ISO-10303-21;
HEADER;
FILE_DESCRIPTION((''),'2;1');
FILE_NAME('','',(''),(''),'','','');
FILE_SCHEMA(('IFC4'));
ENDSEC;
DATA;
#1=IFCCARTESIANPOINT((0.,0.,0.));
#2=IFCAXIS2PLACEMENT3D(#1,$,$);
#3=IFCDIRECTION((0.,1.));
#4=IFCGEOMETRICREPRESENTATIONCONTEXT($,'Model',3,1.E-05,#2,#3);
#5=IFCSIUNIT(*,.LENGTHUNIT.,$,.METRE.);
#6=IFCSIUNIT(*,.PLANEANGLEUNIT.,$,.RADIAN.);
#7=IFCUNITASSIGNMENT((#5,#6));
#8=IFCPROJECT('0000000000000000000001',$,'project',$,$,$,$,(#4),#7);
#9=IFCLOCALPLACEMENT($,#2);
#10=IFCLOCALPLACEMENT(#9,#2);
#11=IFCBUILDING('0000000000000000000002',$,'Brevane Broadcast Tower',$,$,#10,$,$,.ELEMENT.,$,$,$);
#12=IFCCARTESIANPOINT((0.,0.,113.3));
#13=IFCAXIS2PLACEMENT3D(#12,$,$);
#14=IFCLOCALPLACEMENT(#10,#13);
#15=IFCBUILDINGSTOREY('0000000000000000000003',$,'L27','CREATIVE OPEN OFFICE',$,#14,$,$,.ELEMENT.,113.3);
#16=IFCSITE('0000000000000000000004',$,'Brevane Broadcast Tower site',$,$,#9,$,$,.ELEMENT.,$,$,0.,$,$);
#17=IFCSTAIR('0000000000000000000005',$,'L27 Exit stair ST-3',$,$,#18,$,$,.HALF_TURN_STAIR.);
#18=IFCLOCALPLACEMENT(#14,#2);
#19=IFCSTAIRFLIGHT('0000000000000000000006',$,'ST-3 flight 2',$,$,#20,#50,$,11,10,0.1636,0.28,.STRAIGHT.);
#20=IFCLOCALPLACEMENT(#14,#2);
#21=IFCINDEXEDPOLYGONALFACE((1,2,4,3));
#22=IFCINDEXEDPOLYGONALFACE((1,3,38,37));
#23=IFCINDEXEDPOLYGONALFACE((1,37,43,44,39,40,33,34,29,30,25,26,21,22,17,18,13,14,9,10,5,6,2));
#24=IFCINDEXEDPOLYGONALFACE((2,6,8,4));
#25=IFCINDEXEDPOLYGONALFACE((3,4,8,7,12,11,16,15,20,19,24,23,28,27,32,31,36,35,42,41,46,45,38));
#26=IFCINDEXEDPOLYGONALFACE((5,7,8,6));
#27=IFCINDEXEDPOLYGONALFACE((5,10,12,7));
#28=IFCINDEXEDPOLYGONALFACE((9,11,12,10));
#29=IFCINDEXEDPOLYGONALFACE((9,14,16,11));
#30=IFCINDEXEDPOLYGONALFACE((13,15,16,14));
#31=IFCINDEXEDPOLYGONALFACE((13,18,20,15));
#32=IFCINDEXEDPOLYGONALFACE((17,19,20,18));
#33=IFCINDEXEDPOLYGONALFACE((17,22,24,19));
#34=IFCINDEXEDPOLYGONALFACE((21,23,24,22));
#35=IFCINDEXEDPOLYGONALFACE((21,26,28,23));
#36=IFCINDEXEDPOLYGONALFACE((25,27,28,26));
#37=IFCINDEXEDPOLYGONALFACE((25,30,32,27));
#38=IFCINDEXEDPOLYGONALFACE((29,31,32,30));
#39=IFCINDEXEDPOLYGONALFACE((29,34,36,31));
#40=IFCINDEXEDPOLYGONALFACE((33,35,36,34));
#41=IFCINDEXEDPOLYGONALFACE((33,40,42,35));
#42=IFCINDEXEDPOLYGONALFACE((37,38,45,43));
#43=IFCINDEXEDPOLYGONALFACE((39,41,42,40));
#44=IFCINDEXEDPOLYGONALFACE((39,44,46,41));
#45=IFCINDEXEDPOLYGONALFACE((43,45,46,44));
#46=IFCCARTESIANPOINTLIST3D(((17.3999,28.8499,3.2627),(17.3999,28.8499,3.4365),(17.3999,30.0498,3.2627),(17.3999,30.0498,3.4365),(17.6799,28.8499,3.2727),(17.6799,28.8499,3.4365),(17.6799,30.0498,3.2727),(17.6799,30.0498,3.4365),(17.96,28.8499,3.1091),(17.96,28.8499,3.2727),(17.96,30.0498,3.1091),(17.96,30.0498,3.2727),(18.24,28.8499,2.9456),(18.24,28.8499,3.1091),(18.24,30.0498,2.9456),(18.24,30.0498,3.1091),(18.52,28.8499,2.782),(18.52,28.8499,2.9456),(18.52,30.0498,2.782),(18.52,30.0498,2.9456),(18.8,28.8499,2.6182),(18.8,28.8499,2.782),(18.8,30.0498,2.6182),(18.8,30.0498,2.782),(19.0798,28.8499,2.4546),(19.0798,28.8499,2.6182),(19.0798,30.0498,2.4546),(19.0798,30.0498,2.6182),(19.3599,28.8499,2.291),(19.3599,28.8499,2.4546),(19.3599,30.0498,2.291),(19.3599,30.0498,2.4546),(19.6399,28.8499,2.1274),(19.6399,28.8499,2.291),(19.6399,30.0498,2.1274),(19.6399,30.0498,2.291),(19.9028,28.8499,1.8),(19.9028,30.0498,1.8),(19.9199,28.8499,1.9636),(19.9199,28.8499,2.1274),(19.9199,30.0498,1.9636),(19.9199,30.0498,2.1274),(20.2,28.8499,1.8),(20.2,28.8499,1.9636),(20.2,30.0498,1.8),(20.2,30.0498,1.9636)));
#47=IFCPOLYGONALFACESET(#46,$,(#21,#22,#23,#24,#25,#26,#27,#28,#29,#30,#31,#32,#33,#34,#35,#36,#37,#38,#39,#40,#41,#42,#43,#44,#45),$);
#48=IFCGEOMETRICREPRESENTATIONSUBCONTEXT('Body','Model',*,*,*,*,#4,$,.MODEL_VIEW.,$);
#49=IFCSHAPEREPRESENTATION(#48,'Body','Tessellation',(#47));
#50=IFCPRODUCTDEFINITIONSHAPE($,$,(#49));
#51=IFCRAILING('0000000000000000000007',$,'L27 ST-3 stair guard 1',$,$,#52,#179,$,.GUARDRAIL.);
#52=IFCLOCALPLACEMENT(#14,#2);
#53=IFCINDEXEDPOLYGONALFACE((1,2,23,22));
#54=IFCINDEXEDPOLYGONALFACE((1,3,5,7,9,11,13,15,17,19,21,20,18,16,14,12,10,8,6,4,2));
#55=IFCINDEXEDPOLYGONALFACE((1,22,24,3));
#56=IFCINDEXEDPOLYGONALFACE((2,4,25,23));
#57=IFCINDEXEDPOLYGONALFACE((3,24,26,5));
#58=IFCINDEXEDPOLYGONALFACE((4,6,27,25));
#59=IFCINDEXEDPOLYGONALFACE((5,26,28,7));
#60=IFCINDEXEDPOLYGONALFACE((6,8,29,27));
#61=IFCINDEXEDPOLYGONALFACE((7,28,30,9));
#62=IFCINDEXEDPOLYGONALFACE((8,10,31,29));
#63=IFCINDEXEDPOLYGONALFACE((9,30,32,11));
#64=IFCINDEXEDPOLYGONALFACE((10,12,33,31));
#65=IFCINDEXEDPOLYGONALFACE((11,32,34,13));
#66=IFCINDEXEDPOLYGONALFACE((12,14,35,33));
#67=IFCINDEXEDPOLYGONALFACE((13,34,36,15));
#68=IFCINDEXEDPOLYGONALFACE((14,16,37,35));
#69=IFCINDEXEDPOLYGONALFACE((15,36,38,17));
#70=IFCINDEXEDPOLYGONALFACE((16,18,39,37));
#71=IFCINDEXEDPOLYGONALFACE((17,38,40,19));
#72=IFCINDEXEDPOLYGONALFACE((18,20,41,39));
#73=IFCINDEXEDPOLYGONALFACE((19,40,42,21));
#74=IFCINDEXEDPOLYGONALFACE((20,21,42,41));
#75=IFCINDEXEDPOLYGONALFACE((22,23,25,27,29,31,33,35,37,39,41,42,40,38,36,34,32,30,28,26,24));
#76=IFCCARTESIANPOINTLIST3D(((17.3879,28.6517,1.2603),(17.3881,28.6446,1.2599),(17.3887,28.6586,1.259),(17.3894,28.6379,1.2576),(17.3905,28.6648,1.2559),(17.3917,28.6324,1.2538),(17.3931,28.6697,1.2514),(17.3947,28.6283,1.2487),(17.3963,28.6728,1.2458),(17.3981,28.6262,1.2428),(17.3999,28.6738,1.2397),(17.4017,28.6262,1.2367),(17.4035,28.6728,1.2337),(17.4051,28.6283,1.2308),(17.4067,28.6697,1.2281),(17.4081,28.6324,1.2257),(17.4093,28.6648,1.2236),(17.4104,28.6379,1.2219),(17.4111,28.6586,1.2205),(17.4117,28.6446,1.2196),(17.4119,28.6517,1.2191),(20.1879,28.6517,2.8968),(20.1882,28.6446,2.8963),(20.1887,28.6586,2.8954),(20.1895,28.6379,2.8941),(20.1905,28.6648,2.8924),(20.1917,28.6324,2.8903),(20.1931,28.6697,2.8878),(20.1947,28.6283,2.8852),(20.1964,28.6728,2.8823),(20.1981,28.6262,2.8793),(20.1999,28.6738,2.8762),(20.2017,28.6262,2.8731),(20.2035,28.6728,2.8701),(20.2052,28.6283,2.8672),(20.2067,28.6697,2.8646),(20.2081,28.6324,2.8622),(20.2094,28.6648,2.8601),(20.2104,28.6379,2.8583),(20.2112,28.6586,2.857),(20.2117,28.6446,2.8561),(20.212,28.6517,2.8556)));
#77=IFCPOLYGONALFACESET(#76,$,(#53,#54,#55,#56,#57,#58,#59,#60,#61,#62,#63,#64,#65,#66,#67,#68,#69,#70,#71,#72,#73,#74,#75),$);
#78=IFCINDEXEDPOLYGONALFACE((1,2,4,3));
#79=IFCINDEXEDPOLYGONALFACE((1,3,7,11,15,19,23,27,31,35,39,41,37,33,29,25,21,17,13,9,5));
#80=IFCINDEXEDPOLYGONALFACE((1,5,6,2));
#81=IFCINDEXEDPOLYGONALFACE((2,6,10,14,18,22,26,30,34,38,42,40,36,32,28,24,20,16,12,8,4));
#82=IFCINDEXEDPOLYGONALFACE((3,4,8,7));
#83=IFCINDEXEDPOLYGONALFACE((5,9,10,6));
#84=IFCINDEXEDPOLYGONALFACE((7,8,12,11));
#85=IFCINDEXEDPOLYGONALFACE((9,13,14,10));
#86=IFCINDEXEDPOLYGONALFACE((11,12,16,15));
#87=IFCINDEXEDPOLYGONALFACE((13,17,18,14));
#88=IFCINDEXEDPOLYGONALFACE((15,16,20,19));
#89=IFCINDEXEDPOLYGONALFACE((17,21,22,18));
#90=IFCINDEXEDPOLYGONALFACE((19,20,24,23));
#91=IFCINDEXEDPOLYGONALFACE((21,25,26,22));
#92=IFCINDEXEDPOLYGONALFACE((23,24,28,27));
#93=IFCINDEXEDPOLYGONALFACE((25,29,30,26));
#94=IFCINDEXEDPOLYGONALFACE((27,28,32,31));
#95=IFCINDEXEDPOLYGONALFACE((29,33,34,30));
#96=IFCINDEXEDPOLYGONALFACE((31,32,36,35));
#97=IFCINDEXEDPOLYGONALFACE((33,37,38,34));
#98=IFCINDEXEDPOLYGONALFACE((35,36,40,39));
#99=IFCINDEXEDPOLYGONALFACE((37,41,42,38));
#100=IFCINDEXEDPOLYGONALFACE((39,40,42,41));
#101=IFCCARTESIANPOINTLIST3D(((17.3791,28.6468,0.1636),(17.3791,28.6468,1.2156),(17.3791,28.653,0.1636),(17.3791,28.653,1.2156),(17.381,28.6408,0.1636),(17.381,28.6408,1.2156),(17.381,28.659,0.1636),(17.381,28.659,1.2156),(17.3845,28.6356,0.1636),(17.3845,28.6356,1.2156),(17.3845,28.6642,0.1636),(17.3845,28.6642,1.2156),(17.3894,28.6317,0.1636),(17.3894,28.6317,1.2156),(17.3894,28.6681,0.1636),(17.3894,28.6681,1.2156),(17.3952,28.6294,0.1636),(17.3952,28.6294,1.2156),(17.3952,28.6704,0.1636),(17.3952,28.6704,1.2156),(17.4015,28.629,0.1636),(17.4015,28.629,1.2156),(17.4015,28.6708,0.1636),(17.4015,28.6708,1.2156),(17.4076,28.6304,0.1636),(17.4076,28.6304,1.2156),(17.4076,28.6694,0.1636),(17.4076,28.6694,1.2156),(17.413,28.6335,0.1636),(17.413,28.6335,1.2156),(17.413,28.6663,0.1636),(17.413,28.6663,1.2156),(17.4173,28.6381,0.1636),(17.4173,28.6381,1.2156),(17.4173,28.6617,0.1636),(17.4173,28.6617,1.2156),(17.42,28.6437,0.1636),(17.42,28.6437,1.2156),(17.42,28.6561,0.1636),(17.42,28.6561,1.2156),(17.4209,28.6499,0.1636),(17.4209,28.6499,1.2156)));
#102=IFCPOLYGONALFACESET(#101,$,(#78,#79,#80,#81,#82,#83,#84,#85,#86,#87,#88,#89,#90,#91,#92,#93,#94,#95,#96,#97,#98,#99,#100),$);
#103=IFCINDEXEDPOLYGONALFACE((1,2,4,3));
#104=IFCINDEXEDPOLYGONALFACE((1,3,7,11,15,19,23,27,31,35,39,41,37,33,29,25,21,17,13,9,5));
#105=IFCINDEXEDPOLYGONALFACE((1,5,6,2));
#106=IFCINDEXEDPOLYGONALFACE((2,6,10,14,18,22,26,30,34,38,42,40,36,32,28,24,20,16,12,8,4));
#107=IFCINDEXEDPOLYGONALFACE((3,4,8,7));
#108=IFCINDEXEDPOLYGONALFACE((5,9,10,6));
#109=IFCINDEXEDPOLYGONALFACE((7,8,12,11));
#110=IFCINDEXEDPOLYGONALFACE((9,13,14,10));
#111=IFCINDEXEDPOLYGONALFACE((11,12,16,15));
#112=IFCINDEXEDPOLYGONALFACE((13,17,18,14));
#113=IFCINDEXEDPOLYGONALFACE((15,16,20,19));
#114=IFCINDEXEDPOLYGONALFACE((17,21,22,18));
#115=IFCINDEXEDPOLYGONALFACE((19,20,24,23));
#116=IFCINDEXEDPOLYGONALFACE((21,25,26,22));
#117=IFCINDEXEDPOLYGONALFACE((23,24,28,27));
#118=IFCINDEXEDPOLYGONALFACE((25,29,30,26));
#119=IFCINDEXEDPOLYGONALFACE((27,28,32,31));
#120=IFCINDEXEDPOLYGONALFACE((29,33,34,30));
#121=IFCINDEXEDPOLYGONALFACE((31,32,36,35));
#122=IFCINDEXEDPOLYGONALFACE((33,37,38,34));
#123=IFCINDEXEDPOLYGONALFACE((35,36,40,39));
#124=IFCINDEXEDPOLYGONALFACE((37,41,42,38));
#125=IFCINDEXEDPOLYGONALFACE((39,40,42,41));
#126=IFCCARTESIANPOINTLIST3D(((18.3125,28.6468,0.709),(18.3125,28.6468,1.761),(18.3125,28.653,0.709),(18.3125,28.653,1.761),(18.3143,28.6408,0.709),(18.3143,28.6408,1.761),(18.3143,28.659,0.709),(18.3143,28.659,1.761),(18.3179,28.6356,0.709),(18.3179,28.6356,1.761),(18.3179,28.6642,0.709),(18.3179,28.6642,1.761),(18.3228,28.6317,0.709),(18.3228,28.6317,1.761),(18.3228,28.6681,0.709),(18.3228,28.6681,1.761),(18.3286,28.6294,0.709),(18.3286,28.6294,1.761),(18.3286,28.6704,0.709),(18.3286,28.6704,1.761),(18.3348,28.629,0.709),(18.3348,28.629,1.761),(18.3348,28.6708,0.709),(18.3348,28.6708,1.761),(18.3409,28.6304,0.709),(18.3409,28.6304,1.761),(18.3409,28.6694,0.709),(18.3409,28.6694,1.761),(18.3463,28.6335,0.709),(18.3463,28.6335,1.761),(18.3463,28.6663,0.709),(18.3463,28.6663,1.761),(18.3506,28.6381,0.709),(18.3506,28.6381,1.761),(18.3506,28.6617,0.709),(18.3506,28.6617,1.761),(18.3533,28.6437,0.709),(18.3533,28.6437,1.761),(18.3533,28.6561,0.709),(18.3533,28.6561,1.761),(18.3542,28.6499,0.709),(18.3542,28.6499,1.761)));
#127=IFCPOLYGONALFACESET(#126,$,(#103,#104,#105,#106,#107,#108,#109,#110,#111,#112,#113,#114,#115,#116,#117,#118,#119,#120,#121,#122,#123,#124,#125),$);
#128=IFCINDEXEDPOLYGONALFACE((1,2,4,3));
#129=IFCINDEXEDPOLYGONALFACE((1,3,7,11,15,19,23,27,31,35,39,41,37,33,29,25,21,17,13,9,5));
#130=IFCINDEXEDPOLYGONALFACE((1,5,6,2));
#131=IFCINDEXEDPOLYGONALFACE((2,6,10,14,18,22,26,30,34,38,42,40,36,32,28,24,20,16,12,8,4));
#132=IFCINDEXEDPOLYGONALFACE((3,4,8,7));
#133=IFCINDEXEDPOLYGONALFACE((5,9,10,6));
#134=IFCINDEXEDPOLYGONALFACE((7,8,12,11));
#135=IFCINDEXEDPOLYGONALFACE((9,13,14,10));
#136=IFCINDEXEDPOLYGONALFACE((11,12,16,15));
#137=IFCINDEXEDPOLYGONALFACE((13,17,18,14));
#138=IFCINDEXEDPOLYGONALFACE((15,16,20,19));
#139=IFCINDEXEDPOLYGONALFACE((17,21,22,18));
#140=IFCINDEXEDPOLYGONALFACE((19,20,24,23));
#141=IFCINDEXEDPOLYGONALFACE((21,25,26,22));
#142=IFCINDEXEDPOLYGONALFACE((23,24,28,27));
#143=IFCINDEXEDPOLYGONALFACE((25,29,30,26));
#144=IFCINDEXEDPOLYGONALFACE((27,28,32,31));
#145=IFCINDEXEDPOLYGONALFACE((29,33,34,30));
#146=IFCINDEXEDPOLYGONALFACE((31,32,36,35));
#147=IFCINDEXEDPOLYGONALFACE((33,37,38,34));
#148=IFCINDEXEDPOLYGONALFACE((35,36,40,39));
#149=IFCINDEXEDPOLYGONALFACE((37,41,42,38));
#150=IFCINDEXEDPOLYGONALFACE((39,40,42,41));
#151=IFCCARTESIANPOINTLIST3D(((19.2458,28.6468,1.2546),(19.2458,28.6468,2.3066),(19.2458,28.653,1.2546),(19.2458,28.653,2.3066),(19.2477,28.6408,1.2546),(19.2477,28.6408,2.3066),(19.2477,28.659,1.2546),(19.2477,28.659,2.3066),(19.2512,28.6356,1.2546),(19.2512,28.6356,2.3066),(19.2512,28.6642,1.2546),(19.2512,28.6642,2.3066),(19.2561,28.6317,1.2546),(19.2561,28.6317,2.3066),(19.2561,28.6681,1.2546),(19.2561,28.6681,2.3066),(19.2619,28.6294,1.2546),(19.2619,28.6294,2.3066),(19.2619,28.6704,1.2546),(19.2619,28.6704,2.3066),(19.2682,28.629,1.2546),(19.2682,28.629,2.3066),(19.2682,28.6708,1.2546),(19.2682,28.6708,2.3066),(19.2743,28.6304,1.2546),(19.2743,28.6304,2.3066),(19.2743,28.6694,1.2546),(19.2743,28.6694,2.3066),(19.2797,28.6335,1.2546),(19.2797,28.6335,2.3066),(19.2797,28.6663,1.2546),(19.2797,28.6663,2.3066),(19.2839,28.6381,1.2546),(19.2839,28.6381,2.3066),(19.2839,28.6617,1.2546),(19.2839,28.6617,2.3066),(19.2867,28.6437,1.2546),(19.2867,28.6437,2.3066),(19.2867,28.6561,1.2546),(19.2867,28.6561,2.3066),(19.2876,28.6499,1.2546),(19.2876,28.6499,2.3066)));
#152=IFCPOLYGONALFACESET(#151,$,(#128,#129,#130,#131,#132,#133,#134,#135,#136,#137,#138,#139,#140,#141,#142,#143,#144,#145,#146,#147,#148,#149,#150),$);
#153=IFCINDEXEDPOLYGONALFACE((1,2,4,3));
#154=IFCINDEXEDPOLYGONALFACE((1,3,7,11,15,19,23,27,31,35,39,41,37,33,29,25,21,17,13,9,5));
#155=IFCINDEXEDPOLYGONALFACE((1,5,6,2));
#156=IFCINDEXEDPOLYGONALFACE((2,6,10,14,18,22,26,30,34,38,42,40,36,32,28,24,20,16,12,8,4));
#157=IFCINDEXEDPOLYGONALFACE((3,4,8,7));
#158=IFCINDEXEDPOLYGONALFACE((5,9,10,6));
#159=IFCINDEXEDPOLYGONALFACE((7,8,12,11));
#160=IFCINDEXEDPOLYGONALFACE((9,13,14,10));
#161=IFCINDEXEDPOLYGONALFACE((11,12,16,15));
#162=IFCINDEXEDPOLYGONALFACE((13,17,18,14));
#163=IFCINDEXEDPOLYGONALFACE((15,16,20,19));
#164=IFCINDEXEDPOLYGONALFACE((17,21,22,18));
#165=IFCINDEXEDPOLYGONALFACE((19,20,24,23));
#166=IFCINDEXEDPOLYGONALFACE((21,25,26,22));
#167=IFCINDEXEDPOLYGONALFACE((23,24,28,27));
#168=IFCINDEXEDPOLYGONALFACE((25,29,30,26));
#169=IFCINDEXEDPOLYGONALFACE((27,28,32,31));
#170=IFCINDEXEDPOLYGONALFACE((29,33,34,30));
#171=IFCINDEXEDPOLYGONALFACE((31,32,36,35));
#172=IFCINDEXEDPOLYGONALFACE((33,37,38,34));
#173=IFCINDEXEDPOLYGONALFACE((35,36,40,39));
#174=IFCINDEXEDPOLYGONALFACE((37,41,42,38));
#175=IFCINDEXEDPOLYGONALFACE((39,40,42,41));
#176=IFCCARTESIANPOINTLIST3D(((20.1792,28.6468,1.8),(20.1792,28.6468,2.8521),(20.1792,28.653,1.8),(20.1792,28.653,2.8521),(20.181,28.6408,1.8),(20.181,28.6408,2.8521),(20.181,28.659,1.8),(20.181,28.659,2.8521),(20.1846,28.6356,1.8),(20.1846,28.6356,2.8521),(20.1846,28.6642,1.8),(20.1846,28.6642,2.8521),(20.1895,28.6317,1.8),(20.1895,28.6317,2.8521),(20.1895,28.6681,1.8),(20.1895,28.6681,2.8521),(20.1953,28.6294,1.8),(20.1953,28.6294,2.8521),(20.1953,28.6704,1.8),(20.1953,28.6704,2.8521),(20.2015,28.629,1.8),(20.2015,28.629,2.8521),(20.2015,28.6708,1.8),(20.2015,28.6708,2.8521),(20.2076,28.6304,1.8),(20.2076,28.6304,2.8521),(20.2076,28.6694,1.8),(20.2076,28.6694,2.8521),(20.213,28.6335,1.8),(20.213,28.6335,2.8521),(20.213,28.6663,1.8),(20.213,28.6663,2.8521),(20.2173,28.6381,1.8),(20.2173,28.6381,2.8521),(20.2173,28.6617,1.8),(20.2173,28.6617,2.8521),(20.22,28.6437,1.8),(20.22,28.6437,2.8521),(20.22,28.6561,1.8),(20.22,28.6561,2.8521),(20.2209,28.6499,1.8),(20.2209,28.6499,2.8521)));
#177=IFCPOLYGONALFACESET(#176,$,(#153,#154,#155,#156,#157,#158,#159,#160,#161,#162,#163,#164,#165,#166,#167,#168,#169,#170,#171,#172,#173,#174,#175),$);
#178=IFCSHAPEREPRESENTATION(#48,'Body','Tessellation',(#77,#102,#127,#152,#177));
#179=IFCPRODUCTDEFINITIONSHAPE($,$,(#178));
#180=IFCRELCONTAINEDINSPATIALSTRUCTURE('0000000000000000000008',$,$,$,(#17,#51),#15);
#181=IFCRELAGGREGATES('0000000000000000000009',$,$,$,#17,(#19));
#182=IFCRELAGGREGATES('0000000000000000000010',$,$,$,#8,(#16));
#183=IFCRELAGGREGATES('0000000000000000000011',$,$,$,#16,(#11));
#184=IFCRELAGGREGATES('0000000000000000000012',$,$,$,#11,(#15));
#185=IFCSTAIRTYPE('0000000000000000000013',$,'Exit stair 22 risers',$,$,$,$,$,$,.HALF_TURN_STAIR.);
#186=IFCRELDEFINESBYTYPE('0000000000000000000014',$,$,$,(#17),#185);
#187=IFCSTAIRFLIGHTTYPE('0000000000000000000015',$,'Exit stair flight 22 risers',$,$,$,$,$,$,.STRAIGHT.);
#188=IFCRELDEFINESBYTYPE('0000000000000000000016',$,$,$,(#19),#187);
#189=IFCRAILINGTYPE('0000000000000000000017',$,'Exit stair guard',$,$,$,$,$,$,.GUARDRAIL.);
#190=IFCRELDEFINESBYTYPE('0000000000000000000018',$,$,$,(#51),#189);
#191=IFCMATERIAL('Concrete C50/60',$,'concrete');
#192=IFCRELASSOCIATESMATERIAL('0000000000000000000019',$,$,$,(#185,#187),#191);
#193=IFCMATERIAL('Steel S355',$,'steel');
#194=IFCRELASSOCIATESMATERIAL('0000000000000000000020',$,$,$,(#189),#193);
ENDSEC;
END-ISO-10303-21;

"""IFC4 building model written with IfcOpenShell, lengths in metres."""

from ifc_helpers import new_model, si_unit, direction, frame, origin, origin_2d, place, context, subcontext, project, spatial, polyline, circle, outline, extrude, material, type_object, element, aggregate, save


model = new_model("IFC4")

# Units and contexts
model_context = context("Model", 3, precision=1e-05, world=origin(), true_north=direction((0.0, 1.0)))
body_context = subcontext(model_context, "Body", "Model", "MODEL_VIEW")
ifc_project = project(units=[si_unit("LENGTHUNIT", "METRE"), si_unit("PLANEANGLEUNIT", "RADIAN")], contexts=[model_context])

# Site, building, storey
site_placement = place(None, origin())
site = spatial("IfcSite", under=ifc_project, at=site_placement, Name="Brevane Broadcast Tower site", CompositionType="ELEMENT", RefElevation=0.0)
building_placement = place(site_placement, origin())
building = spatial("IfcBuilding", under=site, at=building_placement, Name="Brevane Broadcast Tower", CompositionType="ELEMENT")
storey_placement = place(building_placement, frame((0.0, 0.0, 113.3)))
storey = spatial("IfcBuildingStorey", under=building, at=storey_placement, Name="L27", Description="CREATIVE OPEN OFFICE", CompositionType="ELEMENT", Elevation=113.3)

# Stair, stair flight
ifc_material_1 = material(Name="Concrete C50/60", Category="concrete")
stair_type = type_object("IfcStairType", Name="Exit stair 22 risers", PredefinedType="HALF_TURN_STAIR", material=ifc_material_1)
stair_placement = place(storey_placement, origin())
stair = element("IfcStair", 1, at=stair_placement, inside=storey, type_object=stair_type, Name="L27 Exit stair ST-3", PredefinedType="HALF_TURN_STAIR")
stair_flight_type = type_object("IfcStairFlightType", Name="Exit stair flight 22 risers", PredefinedType="STRAIGHT", material=ifc_material_1)
stair_flight_1_placement = place(storey_placement, frame((20.2, 29.45, 1.8), z_axis=(0.0, 0.0, 1.0), x_axis=(-1.0, 0.0, 0.0)))
stair_flight_1 = element("IfcStairFlight", 2, at=stair_flight_1_placement, type_object=stair_flight_type, Name="ST-3 flight 2", NumberOfRisers=11, NumberOfTreads=10, PredefinedType="STRAIGHT", RiserHeight=0.1636, TreadLength=0.28, context=body_context, shape_type="SweptSolid", body=[
    extrude(outline(polyline([(0.0, 0.0), (0.0, 0.1636), (0.28, 0.1636), (0.28, 0.3274), (0.5601, 0.3274), (0.5601, 0.491), (0.8401, 0.491), (0.8401, 0.6545), (1.1201, 0.6545), (1.1201, 0.8181), (1.3999, 0.8181), (1.3999, 0.9819), (1.6799, 0.9819), (1.6799, 1.1455), (1.96, 1.1455), (1.96, 1.3091), (2.24, 1.3091), (2.24, 1.4727), (2.52, 1.4727), (2.52, 1.6365), (2.8, 1.6365), (2.8, 1.8), (2.8, 1.4626), (0.2971, 0.0), (0.0, 0.0)])), frame((0.0, 0.6001, 0.0), z_axis=(0.0, -1.0, 0.0), x_axis=(1.0, 0.0, 0.0)), (0.0, 0.0, 1.0), 1.2),
])
aggregate(stair, [stair_flight_1])

# Railing
ifc_material_2 = material(Name="Steel S355", Category="steel")
railing_type_1 = type_object("IfcRailingType", Name="Exit stair guard", PredefinedType="GUARDRAIL", material=ifc_material_2)
railing_1_placement = place(storey_placement, frame((17.3999, 28.6499, 0.1636)))
element("IfcRailing", 3, at=railing_1_placement, inside=storey, type_object=railing_type_1, Name="L27 ST-3 stair guard 1", PredefinedType="GUARDRAIL", context=body_context, shape_type="SweptSolid", body=[
    extrude(circle(Radius=0.0239, at=origin_2d()), frame((0.0, 0.0, 1.0762), z_axis=(0.863361, 0.0, 0.504587), x_axis=(0.0, 1.0, 0.0)), (0.0, 0.0, 1.0), 3.2432),
    extrude(circle(Radius=0.021, at=origin_2d()), origin(), (0.0, 0.0, 1.0), 1.052),
    extrude(circle(Radius=0.021, at=origin_2d()), frame((0.9333, 0.0, 0.5454)), (0.0, 0.0, 1.0), 1.052),
    extrude(circle(Radius=0.021, at=origin_2d()), frame((1.8667, 0.0, 1.0911)), (0.0, 0.0, 1.0), 1.052),
    extrude(circle(Radius=0.021, at=origin_2d()), frame((2.8, 0.0, 1.6365)), (0.0, 0.0, 1.0), 1.052),
])

save(model, "model.ifc")
